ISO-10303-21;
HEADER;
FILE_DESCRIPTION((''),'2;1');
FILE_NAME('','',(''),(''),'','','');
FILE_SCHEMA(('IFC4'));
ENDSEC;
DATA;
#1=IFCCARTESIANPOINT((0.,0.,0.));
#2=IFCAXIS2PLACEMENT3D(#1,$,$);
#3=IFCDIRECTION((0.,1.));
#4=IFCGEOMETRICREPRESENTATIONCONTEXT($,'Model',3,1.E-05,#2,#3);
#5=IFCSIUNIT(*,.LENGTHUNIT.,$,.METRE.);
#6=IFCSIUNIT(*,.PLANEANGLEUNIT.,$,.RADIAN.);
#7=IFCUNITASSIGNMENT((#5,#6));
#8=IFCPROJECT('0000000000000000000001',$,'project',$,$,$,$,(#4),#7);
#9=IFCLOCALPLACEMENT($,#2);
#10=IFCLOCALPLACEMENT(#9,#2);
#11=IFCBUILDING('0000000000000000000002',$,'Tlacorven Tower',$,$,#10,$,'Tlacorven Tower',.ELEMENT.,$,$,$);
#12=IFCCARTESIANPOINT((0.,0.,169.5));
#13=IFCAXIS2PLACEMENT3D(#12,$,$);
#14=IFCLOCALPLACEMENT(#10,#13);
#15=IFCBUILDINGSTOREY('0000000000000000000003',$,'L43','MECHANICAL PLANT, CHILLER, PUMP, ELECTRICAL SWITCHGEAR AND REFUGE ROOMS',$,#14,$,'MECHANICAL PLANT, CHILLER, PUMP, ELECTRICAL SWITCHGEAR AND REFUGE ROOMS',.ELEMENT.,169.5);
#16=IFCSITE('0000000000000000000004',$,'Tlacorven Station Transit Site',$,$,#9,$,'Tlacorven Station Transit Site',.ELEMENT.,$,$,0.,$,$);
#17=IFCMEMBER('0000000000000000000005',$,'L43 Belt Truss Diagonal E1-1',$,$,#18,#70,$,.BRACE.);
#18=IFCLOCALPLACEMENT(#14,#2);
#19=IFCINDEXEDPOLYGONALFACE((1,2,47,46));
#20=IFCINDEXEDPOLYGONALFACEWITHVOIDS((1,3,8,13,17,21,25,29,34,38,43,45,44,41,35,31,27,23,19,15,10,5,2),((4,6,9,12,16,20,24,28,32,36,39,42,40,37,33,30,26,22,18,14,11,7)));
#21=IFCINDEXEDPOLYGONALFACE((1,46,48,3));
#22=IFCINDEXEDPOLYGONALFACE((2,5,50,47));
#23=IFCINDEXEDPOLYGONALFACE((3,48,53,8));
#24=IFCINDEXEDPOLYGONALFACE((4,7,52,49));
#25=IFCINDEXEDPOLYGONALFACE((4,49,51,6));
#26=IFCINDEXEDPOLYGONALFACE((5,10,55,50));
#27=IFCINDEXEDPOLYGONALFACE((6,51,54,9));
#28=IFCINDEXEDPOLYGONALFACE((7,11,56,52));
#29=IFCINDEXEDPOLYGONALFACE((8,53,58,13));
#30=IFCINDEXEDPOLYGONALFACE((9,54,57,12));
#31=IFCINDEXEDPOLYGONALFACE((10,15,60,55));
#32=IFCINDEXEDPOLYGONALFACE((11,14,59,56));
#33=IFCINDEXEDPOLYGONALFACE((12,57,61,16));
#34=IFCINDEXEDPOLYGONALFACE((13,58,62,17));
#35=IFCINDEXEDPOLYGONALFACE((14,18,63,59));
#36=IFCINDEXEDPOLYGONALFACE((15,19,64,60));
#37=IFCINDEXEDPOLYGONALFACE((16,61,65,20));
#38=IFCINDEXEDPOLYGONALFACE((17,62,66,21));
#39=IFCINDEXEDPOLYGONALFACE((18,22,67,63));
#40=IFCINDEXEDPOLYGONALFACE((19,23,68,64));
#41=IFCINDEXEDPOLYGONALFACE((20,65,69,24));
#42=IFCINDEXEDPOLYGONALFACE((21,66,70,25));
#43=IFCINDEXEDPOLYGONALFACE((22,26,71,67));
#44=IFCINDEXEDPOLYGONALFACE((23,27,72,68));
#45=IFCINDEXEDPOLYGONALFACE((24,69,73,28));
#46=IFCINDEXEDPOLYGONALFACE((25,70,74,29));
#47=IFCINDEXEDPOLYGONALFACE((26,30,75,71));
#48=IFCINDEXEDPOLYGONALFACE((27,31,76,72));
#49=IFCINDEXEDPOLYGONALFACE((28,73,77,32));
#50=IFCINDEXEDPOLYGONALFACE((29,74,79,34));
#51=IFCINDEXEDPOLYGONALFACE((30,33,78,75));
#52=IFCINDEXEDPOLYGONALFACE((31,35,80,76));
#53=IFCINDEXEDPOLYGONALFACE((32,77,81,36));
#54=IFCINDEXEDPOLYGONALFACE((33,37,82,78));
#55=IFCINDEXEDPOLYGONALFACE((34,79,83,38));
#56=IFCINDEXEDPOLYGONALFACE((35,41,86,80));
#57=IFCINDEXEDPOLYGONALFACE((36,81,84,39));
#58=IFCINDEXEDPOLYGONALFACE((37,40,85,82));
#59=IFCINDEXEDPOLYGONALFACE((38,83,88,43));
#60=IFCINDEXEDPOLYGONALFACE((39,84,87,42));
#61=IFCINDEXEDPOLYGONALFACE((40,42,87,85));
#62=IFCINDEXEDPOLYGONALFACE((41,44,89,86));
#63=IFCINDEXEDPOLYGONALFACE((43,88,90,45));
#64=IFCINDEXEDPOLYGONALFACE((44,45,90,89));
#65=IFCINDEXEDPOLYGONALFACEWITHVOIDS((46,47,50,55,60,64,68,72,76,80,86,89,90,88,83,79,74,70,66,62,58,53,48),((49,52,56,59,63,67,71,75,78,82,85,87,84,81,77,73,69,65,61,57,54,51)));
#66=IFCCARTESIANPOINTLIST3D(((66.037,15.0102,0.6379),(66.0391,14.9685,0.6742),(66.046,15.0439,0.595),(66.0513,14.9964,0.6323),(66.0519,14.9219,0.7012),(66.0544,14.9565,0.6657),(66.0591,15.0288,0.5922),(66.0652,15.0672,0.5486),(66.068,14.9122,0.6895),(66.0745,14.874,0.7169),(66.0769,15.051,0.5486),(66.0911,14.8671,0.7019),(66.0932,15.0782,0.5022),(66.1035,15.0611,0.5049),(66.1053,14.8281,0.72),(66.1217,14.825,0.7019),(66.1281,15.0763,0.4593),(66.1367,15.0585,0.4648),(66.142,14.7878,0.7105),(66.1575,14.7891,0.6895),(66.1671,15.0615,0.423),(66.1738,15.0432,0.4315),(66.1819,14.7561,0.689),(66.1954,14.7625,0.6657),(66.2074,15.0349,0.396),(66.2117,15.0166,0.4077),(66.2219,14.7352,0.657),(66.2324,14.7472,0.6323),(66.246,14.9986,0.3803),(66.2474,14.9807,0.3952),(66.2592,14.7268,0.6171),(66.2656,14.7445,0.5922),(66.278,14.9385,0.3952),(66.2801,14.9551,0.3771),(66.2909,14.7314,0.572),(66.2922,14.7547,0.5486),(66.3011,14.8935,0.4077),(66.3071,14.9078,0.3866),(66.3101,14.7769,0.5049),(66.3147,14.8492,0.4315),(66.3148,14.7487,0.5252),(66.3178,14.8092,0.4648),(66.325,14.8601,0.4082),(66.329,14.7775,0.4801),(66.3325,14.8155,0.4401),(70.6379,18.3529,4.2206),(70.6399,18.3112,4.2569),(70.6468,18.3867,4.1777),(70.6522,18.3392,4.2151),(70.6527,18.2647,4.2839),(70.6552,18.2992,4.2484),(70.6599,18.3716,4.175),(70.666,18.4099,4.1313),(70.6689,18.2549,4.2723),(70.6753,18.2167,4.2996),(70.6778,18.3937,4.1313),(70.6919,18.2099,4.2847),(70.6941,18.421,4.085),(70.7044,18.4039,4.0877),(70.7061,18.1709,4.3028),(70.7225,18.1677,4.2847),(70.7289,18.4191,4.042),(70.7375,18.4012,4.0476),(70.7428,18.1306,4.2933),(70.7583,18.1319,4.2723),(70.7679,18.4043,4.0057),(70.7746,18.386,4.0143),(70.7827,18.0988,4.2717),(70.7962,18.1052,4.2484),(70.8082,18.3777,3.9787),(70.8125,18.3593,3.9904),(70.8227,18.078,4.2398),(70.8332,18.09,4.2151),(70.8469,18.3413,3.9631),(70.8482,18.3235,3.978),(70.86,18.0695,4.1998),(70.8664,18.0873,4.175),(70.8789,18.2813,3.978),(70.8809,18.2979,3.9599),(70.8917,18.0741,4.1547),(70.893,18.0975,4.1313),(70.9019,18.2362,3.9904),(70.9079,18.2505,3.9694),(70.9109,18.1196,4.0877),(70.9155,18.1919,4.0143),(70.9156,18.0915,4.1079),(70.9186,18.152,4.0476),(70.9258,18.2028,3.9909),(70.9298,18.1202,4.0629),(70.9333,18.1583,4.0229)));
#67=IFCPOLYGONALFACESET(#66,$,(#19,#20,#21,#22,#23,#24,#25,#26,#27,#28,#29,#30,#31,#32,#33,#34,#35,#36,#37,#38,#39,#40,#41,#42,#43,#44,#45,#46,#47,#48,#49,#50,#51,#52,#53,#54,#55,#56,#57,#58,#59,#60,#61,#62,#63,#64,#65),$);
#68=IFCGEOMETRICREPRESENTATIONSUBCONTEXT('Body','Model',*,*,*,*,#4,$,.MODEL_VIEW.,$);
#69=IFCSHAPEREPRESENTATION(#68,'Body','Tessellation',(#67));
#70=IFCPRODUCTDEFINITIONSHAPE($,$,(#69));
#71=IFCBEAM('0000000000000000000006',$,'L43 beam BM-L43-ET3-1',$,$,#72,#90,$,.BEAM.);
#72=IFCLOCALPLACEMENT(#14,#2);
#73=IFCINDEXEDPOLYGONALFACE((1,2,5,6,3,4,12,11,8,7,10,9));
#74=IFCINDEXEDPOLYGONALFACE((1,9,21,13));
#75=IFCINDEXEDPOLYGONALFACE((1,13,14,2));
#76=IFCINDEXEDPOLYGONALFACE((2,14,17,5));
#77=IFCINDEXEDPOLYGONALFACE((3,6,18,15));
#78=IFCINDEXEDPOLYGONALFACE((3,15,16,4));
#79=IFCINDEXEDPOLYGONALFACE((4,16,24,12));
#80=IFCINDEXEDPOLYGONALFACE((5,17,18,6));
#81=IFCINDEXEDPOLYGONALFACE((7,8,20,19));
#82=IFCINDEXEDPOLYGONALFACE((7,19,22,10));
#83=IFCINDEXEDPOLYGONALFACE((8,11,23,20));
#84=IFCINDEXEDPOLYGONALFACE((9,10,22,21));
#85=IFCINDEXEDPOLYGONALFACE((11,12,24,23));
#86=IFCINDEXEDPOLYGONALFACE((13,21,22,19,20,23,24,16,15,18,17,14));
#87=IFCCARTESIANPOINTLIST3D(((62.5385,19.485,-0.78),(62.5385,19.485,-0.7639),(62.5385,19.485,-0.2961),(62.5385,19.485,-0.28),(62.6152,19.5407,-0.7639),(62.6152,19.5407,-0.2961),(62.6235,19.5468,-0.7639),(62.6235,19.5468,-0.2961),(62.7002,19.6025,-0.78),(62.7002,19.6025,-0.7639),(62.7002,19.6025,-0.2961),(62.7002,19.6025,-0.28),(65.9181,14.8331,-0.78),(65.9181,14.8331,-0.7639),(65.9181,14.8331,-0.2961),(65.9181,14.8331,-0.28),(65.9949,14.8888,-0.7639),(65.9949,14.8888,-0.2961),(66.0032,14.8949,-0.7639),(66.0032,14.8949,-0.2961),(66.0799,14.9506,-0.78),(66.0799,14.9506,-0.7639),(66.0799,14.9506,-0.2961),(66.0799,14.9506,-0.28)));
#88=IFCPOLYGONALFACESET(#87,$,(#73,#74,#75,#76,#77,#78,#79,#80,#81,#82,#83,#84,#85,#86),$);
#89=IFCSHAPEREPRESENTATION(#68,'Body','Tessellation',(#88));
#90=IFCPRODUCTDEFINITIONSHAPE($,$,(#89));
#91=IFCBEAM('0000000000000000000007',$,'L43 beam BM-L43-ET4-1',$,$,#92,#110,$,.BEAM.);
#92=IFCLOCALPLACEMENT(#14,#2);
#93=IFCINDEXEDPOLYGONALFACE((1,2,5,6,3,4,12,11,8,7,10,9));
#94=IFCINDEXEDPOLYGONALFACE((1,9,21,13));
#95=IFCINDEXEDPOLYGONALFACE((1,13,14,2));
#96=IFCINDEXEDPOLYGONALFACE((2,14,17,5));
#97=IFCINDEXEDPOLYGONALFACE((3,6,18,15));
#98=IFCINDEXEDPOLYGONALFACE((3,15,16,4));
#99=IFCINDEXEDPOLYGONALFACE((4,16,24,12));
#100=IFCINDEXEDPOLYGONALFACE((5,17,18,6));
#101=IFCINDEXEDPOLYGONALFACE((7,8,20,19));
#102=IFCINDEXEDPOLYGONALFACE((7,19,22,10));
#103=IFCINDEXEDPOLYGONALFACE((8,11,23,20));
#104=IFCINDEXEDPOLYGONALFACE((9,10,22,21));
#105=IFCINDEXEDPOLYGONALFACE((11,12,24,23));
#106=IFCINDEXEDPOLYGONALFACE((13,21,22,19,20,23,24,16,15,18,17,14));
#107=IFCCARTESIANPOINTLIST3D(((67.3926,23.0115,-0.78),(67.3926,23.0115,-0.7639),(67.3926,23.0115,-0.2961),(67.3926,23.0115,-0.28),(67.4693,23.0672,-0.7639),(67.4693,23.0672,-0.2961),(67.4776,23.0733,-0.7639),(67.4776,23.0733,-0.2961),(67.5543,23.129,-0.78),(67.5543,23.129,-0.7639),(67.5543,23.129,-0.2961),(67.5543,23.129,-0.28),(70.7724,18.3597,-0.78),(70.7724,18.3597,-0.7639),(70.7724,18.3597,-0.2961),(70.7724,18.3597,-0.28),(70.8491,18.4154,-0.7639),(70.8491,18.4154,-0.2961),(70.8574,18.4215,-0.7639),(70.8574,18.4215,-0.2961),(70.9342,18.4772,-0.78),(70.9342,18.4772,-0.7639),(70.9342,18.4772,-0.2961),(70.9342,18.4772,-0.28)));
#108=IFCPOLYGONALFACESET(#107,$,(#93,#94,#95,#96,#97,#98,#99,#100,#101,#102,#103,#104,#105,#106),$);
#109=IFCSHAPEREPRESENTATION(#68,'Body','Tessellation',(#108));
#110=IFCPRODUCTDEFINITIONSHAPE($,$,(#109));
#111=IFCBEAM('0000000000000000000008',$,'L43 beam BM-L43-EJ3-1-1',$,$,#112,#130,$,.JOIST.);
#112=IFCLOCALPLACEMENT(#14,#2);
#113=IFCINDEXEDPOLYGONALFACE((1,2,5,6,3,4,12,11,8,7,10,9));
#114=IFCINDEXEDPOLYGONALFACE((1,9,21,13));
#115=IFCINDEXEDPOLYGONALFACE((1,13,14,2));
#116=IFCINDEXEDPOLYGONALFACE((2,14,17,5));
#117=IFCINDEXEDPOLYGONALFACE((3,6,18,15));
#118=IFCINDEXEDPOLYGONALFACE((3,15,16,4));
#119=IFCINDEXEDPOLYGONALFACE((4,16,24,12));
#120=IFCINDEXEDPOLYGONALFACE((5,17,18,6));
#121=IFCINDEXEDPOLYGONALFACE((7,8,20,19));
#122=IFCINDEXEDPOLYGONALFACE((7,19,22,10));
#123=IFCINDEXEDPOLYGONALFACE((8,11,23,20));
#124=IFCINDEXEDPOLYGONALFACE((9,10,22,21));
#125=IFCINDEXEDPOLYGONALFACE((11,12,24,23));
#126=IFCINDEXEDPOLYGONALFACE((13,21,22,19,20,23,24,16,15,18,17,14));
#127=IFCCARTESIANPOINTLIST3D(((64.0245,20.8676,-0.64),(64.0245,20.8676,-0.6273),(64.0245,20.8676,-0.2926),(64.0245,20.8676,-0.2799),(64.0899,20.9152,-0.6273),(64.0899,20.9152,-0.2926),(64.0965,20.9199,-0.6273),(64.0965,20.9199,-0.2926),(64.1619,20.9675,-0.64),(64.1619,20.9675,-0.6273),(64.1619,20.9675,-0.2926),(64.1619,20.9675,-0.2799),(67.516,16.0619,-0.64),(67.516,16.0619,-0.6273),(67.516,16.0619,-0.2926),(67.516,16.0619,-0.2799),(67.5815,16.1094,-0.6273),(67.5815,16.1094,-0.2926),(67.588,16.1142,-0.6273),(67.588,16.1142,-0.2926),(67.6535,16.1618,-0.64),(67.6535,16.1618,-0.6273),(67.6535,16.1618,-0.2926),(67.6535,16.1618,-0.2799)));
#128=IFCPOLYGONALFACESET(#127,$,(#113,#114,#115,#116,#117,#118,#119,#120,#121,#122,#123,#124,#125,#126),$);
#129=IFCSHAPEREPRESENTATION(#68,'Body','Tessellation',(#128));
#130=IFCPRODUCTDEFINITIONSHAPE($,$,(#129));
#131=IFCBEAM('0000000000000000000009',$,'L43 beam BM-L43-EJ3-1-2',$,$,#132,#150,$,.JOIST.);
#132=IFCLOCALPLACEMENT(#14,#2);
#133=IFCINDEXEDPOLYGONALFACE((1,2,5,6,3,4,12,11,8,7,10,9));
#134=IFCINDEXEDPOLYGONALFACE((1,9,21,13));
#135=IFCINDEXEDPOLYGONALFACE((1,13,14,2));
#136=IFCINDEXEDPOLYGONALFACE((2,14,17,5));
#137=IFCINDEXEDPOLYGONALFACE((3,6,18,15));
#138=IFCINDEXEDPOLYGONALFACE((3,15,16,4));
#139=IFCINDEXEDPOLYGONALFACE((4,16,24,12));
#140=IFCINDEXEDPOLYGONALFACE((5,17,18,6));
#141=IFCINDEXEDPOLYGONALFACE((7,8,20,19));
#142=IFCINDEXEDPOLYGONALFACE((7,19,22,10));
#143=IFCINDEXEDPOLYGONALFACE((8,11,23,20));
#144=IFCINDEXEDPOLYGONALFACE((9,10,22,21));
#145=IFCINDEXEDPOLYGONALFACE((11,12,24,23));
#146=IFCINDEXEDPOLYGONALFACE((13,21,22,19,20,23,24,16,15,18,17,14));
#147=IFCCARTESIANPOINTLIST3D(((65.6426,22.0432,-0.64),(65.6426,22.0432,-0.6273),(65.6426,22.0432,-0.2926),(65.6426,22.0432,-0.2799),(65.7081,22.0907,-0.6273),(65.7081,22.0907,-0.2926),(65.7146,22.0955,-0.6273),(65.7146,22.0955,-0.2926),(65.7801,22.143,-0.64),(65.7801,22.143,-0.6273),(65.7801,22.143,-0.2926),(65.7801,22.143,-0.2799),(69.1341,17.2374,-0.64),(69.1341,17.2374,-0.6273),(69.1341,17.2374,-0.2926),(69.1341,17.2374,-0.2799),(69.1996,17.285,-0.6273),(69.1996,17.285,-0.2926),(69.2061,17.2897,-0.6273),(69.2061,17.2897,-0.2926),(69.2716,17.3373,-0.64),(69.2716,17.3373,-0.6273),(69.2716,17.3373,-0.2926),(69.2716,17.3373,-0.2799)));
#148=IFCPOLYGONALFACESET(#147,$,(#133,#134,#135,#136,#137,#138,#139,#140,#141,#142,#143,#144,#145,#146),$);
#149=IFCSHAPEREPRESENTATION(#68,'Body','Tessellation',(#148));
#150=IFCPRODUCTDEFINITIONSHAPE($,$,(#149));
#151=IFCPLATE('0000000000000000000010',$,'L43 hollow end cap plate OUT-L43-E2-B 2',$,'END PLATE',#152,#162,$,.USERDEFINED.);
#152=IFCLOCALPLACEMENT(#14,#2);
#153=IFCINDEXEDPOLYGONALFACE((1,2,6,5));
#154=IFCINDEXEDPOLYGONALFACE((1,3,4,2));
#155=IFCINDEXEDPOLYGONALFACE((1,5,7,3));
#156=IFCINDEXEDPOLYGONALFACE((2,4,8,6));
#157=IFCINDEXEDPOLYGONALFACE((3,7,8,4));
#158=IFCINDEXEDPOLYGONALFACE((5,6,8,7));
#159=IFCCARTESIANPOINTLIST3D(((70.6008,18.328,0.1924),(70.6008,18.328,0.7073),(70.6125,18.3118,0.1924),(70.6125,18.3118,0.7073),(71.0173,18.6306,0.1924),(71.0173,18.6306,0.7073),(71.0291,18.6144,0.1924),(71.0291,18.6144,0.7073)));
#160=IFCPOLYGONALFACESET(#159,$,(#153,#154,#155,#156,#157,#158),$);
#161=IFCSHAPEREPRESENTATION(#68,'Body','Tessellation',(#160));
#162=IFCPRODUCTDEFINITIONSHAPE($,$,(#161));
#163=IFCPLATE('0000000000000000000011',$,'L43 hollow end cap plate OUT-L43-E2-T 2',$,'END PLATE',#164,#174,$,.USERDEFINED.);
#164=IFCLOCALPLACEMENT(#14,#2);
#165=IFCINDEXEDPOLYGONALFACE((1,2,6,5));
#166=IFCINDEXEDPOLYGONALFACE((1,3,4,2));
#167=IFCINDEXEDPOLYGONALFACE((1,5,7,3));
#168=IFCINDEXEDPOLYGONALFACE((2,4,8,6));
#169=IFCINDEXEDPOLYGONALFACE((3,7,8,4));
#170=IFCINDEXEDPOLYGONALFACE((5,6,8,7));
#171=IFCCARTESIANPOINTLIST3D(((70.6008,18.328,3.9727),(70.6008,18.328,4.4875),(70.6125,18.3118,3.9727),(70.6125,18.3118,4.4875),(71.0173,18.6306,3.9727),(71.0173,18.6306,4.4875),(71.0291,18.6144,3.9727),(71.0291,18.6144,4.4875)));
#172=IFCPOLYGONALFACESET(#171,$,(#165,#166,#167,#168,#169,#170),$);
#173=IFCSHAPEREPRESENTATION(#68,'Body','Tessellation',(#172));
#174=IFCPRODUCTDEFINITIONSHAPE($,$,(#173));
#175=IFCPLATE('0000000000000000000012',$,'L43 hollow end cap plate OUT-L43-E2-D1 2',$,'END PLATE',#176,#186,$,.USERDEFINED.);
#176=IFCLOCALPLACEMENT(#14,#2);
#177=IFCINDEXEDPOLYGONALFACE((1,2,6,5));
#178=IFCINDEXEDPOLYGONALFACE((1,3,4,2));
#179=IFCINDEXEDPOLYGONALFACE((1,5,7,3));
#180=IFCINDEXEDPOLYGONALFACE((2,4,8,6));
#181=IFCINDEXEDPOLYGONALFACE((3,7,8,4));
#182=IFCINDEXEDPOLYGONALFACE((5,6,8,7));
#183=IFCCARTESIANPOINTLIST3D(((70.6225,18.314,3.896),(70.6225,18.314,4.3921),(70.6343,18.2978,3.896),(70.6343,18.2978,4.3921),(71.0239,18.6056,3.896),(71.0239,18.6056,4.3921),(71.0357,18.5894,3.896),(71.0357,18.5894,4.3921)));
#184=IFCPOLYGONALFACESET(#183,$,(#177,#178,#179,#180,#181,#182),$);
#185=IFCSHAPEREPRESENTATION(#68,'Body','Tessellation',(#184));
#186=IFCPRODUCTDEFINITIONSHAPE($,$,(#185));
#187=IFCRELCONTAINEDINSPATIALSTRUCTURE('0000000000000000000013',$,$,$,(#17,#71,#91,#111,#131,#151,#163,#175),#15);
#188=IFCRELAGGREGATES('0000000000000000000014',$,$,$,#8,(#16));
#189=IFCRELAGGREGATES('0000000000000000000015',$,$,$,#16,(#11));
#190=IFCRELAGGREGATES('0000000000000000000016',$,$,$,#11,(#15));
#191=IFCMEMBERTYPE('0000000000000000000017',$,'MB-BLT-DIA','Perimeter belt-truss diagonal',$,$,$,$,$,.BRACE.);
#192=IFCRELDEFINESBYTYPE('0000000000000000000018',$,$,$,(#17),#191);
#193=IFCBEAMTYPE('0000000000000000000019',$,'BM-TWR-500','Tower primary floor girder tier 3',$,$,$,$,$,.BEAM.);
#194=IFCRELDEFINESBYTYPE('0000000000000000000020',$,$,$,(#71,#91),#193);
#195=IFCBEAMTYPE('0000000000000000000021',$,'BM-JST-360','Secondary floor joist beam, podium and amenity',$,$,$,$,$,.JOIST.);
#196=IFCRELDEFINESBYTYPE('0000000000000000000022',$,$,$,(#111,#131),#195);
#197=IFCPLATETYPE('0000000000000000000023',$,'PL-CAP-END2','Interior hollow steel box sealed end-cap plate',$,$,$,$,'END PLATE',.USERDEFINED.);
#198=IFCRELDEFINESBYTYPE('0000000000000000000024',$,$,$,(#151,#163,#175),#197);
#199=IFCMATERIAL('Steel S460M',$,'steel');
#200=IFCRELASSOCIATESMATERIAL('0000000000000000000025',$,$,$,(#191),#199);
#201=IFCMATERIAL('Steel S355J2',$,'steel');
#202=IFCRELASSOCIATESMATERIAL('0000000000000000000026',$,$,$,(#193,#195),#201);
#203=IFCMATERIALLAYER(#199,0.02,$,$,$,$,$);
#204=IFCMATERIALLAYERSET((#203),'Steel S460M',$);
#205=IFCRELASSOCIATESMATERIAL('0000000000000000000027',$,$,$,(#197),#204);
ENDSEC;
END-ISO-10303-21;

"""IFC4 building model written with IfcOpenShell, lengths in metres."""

from ifc_helpers import new_model, si_unit, direction, frame, origin, origin_2d, place, context, subcontext, project, spatial, rectangle, hollow_circle, i_section, extrude, source, transform, mapped, material, layer, layer_set, material_profile, profile_set, type_object, element, save


model = new_model("IFC4")

# Units and contexts
model_context = context("Model", 3, precision=1e-05, world=origin(), true_north=direction((0.0, 1.0)))
body_context = subcontext(model_context, "Body", "Model", "MODEL_VIEW")
ifc_project = project(units=[si_unit("LENGTHUNIT", "METRE"), si_unit("PLANEANGLEUNIT", "RADIAN")], contexts=[model_context])

# Site, building, storey
site_placement = place(None, origin())
site = spatial("IfcSite", under=ifc_project, at=site_placement, Name="Tlacorven Station Transit Site", LongName="Tlacorven Station Transit Site", CompositionType="ELEMENT", RefElevation=0.0)
building_placement = place(site_placement, origin())
building = spatial("IfcBuilding", under=site, at=building_placement, Name="Tlacorven Tower", LongName="Tlacorven Tower", CompositionType="ELEMENT")
storey_placement = place(building_placement, frame((0.0, 0.0, 169.5)))
storey = spatial("IfcBuildingStorey", under=building, at=storey_placement, Name="L43", Description="MECHANICAL PLANT, CHILLER, PUMP, ELECTRICAL SWITCHGEAR AND REFUGE ROOMS", LongName="MECHANICAL PLANT, CHILLER, PUMP, ELECTRICAL SWITCHGEAR AND REFUGE ROOMS", CompositionType="ELEMENT", Elevation=169.5)

# Shared definitions
ifc_material_1 = material(Name="Steel S460M", Category="steel")

# Shared definitions
ifc_material_2 = material(Name="Steel S355J2", Category="steel")

# Member
ifc_material_profile_1 = material_profile(ifc_material_1, hollow_circle(Radius=0.2031, WallThickness=0.02, at=origin_2d()), Name="CHS 406.4X20")
ifc_profile_set_1 = profile_set([ifc_material_profile_1], Name="Steel S460M")
member_type_1 = type_object("IfcMemberType", Name="MB-BLT-DIA", Description="Perimeter belt-truss diagonal", PredefinedType="BRACE", material=ifc_profile_set_1)
shared_shape_1 = source(origin(), body_context, "Body", "SweptSolid", [
    extrude(hollow_circle(Radius=0.2031, WallThickness=0.02, at=origin_2d()), origin(), (0.0, 0.0, 1.0), 6.7214),
])
member_placement = place(storey_placement, frame((66.1846, 14.9028, 0.5486), z_axis=(0.684499, 0.497329, 0.533034), x_axis=(-0.587794, 0.809011, 0.0)))
element("IfcMember", 1, at=member_placement, inside=storey, type_object=member_type_1, Name="L43 Belt Truss Diagonal E1-1", PredefinedType="BRACE", context=body_context, shape_type="MappedRepresentation", body=[
    mapped(shared_shape_1, transform((0.0, 0.0, 0.0), scale=1.0)),
])

# Beams
ifc_material_profile_2 = material_profile(ifc_material_2, i_section(OverallWidth=0.2, OverallDepth=0.5, WebThickness=0.0103, FlangeThickness=0.0161, at=origin_2d()), Name="IPE 500")
ifc_profile_set_2 = profile_set([ifc_material_profile_2], Name="Steel S355J2")
beam_type_1 = type_object("IfcBeamType", Name="BM-TWR-500", Description="Tower primary floor girder tier 3", PredefinedType="BEAM", material=ifc_profile_set_2)
shared_shape_2 = source(origin(), body_context, "Body", "SweptSolid", [
    extrude(i_section(OverallWidth=0.2, OverallDepth=0.5, WebThickness=0.0103, FlangeThickness=0.0161, at=origin_2d()), origin(), (0.0, 0.0, 1.0), 5.75),
])
for number, where, z_axis, x_axis, name in (
    (2, (65.999, 14.8918, -0.53), (-0.58777, 0.809028, 0.0), (-0.809028, -0.58777, 0.0), "L43 beam BM-L43-ET3-1"),
    (3, (70.8533, 18.4185, -0.53), (-0.587798, 0.809008, 0.0), (-0.809008, -0.587798, 0.0), "L43 beam BM-L43-ET4-1"),
):
    element("IfcBeam", number, at=place(storey_placement, frame(where, z_axis=z_axis, x_axis=x_axis)), inside=storey, type_object=beam_type_1, Name=name, PredefinedType="BEAM", context=body_context, shape_type="MappedRepresentation", body=[
        mapped(shared_shape_2, transform((0.0, 0.0, 0.0), scale=1.0)),
    ])
ifc_material_profile_3 = material_profile(ifc_material_2, i_section(OverallWidth=0.1699, OverallDepth=0.3601, WebThickness=0.0081, FlangeThickness=0.0127, at=origin_2d()), Name="IPE 360")
ifc_profile_set_3 = profile_set([ifc_material_profile_3], Name="Steel S355J2")
beam_type_2 = type_object("IfcBeamType", Name="BM-JST-360", Description="Secondary floor joist beam, podium and amenity", PredefinedType="JOIST", material=ifc_profile_set_3)
shared_shape_3 = source(origin(), body_context, "Body", "SweptSolid", [
    extrude(i_section(OverallWidth=0.1699, OverallDepth=0.3601, WebThickness=0.0081, FlangeThickness=0.0127, at=origin_2d()), origin(), (0.0, 0.0, 1.0), 5.9402),
])
for number, where, z_axis, x_axis, name in (
    (4, (67.5847, 16.1118, -0.46), (-0.587778, 0.809022, 0.0), (-0.809022, -0.587778, 0.0), "L43 beam BM-L43-EJ3-1-1"),
    (5, (69.2029, 17.2874, -0.46), (-0.587778, 0.809022, 0.0), (-0.809022, -0.587778, 0.0), "L43 beam BM-L43-EJ3-1-2"),
):
    element("IfcBeam", number, at=place(storey_placement, frame(where, z_axis=z_axis, x_axis=x_axis)), inside=storey, type_object=beam_type_2, Name=name, PredefinedType="JOIST", context=body_context, shape_type="MappedRepresentation", body=[
        mapped(shared_shape_3, transform((0.0, 0.0, 0.0), scale=1.0)),
    ])

# Plates
ifc_layer_1 = layer(ifc_material_1, 0.02)
ifc_layer_set_1 = layer_set([ifc_layer_1], Name="Steel S460M")
plate_type_1 = type_object("IfcPlateType", Name="PL-CAP-END2", Description="Interior hollow steel box sealed end-cap plate", ElementType="END PLATE", PredefinedType="USERDEFINED", material=ifc_layer_set_1)
shared_shape_4 = source(origin(), body_context, "Body", "SweptSolid", [
    extrude(rectangle(XDim=0.02, YDim=0.5149, at=origin_2d()), origin(), (0.0, 0.0, 1.0), 0.5149),
])
for number, where, z_axis, x_axis, name in (
    (6, (70.8149, 18.4712, 0.1924), (0.0, 0.0, 1.0), (0.587785, -0.809017, 0.0), "L43 hollow end cap plate OUT-L43-E2-B 2"),
    (7, (70.8149, 18.4712, 3.9727), (0.0, 0.0, 1.0), (0.587785, -0.809017, 0.0), "L43 hollow end cap plate OUT-L43-E2-T 2"),
):
    element("IfcPlate", number, at=place(storey_placement, frame(where, z_axis=z_axis, x_axis=x_axis)), inside=storey, type_object=plate_type_1, Name=name, ObjectType="END PLATE", PredefinedType="USERDEFINED", context=body_context, shape_type="MappedRepresentation", body=[
        mapped(shared_shape_4, transform((0.0, 0.0, 0.0), scale=1.0)),
    ])
shared_shape_5 = source(origin(), body_context, "Body", "SweptSolid", [
    extrude(rectangle(XDim=0.02, YDim=0.4961, at=origin_2d()), origin(), (0.0, 0.0, 1.0), 0.4961),
])
for number, where, z_axis, x_axis, name in (
    (8, (70.8291, 18.4517, 3.896), (0.0, 0.0, 1.0), (0.587785, -0.809017, 0.0), "L43 hollow end cap plate OUT-L43-E2-D1 2"),
):
    element("IfcPlate", number, at=place(storey_placement, frame(where, z_axis=z_axis, x_axis=x_axis)), inside=storey, type_object=plate_type_1, Name=name, ObjectType="END PLATE", PredefinedType="USERDEFINED", context=body_context, shape_type="MappedRepresentation", body=[
        mapped(shared_shape_5, transform((0.0, 0.0, 0.0), scale=1.0)),
    ])

save(model, "model.ifc")
